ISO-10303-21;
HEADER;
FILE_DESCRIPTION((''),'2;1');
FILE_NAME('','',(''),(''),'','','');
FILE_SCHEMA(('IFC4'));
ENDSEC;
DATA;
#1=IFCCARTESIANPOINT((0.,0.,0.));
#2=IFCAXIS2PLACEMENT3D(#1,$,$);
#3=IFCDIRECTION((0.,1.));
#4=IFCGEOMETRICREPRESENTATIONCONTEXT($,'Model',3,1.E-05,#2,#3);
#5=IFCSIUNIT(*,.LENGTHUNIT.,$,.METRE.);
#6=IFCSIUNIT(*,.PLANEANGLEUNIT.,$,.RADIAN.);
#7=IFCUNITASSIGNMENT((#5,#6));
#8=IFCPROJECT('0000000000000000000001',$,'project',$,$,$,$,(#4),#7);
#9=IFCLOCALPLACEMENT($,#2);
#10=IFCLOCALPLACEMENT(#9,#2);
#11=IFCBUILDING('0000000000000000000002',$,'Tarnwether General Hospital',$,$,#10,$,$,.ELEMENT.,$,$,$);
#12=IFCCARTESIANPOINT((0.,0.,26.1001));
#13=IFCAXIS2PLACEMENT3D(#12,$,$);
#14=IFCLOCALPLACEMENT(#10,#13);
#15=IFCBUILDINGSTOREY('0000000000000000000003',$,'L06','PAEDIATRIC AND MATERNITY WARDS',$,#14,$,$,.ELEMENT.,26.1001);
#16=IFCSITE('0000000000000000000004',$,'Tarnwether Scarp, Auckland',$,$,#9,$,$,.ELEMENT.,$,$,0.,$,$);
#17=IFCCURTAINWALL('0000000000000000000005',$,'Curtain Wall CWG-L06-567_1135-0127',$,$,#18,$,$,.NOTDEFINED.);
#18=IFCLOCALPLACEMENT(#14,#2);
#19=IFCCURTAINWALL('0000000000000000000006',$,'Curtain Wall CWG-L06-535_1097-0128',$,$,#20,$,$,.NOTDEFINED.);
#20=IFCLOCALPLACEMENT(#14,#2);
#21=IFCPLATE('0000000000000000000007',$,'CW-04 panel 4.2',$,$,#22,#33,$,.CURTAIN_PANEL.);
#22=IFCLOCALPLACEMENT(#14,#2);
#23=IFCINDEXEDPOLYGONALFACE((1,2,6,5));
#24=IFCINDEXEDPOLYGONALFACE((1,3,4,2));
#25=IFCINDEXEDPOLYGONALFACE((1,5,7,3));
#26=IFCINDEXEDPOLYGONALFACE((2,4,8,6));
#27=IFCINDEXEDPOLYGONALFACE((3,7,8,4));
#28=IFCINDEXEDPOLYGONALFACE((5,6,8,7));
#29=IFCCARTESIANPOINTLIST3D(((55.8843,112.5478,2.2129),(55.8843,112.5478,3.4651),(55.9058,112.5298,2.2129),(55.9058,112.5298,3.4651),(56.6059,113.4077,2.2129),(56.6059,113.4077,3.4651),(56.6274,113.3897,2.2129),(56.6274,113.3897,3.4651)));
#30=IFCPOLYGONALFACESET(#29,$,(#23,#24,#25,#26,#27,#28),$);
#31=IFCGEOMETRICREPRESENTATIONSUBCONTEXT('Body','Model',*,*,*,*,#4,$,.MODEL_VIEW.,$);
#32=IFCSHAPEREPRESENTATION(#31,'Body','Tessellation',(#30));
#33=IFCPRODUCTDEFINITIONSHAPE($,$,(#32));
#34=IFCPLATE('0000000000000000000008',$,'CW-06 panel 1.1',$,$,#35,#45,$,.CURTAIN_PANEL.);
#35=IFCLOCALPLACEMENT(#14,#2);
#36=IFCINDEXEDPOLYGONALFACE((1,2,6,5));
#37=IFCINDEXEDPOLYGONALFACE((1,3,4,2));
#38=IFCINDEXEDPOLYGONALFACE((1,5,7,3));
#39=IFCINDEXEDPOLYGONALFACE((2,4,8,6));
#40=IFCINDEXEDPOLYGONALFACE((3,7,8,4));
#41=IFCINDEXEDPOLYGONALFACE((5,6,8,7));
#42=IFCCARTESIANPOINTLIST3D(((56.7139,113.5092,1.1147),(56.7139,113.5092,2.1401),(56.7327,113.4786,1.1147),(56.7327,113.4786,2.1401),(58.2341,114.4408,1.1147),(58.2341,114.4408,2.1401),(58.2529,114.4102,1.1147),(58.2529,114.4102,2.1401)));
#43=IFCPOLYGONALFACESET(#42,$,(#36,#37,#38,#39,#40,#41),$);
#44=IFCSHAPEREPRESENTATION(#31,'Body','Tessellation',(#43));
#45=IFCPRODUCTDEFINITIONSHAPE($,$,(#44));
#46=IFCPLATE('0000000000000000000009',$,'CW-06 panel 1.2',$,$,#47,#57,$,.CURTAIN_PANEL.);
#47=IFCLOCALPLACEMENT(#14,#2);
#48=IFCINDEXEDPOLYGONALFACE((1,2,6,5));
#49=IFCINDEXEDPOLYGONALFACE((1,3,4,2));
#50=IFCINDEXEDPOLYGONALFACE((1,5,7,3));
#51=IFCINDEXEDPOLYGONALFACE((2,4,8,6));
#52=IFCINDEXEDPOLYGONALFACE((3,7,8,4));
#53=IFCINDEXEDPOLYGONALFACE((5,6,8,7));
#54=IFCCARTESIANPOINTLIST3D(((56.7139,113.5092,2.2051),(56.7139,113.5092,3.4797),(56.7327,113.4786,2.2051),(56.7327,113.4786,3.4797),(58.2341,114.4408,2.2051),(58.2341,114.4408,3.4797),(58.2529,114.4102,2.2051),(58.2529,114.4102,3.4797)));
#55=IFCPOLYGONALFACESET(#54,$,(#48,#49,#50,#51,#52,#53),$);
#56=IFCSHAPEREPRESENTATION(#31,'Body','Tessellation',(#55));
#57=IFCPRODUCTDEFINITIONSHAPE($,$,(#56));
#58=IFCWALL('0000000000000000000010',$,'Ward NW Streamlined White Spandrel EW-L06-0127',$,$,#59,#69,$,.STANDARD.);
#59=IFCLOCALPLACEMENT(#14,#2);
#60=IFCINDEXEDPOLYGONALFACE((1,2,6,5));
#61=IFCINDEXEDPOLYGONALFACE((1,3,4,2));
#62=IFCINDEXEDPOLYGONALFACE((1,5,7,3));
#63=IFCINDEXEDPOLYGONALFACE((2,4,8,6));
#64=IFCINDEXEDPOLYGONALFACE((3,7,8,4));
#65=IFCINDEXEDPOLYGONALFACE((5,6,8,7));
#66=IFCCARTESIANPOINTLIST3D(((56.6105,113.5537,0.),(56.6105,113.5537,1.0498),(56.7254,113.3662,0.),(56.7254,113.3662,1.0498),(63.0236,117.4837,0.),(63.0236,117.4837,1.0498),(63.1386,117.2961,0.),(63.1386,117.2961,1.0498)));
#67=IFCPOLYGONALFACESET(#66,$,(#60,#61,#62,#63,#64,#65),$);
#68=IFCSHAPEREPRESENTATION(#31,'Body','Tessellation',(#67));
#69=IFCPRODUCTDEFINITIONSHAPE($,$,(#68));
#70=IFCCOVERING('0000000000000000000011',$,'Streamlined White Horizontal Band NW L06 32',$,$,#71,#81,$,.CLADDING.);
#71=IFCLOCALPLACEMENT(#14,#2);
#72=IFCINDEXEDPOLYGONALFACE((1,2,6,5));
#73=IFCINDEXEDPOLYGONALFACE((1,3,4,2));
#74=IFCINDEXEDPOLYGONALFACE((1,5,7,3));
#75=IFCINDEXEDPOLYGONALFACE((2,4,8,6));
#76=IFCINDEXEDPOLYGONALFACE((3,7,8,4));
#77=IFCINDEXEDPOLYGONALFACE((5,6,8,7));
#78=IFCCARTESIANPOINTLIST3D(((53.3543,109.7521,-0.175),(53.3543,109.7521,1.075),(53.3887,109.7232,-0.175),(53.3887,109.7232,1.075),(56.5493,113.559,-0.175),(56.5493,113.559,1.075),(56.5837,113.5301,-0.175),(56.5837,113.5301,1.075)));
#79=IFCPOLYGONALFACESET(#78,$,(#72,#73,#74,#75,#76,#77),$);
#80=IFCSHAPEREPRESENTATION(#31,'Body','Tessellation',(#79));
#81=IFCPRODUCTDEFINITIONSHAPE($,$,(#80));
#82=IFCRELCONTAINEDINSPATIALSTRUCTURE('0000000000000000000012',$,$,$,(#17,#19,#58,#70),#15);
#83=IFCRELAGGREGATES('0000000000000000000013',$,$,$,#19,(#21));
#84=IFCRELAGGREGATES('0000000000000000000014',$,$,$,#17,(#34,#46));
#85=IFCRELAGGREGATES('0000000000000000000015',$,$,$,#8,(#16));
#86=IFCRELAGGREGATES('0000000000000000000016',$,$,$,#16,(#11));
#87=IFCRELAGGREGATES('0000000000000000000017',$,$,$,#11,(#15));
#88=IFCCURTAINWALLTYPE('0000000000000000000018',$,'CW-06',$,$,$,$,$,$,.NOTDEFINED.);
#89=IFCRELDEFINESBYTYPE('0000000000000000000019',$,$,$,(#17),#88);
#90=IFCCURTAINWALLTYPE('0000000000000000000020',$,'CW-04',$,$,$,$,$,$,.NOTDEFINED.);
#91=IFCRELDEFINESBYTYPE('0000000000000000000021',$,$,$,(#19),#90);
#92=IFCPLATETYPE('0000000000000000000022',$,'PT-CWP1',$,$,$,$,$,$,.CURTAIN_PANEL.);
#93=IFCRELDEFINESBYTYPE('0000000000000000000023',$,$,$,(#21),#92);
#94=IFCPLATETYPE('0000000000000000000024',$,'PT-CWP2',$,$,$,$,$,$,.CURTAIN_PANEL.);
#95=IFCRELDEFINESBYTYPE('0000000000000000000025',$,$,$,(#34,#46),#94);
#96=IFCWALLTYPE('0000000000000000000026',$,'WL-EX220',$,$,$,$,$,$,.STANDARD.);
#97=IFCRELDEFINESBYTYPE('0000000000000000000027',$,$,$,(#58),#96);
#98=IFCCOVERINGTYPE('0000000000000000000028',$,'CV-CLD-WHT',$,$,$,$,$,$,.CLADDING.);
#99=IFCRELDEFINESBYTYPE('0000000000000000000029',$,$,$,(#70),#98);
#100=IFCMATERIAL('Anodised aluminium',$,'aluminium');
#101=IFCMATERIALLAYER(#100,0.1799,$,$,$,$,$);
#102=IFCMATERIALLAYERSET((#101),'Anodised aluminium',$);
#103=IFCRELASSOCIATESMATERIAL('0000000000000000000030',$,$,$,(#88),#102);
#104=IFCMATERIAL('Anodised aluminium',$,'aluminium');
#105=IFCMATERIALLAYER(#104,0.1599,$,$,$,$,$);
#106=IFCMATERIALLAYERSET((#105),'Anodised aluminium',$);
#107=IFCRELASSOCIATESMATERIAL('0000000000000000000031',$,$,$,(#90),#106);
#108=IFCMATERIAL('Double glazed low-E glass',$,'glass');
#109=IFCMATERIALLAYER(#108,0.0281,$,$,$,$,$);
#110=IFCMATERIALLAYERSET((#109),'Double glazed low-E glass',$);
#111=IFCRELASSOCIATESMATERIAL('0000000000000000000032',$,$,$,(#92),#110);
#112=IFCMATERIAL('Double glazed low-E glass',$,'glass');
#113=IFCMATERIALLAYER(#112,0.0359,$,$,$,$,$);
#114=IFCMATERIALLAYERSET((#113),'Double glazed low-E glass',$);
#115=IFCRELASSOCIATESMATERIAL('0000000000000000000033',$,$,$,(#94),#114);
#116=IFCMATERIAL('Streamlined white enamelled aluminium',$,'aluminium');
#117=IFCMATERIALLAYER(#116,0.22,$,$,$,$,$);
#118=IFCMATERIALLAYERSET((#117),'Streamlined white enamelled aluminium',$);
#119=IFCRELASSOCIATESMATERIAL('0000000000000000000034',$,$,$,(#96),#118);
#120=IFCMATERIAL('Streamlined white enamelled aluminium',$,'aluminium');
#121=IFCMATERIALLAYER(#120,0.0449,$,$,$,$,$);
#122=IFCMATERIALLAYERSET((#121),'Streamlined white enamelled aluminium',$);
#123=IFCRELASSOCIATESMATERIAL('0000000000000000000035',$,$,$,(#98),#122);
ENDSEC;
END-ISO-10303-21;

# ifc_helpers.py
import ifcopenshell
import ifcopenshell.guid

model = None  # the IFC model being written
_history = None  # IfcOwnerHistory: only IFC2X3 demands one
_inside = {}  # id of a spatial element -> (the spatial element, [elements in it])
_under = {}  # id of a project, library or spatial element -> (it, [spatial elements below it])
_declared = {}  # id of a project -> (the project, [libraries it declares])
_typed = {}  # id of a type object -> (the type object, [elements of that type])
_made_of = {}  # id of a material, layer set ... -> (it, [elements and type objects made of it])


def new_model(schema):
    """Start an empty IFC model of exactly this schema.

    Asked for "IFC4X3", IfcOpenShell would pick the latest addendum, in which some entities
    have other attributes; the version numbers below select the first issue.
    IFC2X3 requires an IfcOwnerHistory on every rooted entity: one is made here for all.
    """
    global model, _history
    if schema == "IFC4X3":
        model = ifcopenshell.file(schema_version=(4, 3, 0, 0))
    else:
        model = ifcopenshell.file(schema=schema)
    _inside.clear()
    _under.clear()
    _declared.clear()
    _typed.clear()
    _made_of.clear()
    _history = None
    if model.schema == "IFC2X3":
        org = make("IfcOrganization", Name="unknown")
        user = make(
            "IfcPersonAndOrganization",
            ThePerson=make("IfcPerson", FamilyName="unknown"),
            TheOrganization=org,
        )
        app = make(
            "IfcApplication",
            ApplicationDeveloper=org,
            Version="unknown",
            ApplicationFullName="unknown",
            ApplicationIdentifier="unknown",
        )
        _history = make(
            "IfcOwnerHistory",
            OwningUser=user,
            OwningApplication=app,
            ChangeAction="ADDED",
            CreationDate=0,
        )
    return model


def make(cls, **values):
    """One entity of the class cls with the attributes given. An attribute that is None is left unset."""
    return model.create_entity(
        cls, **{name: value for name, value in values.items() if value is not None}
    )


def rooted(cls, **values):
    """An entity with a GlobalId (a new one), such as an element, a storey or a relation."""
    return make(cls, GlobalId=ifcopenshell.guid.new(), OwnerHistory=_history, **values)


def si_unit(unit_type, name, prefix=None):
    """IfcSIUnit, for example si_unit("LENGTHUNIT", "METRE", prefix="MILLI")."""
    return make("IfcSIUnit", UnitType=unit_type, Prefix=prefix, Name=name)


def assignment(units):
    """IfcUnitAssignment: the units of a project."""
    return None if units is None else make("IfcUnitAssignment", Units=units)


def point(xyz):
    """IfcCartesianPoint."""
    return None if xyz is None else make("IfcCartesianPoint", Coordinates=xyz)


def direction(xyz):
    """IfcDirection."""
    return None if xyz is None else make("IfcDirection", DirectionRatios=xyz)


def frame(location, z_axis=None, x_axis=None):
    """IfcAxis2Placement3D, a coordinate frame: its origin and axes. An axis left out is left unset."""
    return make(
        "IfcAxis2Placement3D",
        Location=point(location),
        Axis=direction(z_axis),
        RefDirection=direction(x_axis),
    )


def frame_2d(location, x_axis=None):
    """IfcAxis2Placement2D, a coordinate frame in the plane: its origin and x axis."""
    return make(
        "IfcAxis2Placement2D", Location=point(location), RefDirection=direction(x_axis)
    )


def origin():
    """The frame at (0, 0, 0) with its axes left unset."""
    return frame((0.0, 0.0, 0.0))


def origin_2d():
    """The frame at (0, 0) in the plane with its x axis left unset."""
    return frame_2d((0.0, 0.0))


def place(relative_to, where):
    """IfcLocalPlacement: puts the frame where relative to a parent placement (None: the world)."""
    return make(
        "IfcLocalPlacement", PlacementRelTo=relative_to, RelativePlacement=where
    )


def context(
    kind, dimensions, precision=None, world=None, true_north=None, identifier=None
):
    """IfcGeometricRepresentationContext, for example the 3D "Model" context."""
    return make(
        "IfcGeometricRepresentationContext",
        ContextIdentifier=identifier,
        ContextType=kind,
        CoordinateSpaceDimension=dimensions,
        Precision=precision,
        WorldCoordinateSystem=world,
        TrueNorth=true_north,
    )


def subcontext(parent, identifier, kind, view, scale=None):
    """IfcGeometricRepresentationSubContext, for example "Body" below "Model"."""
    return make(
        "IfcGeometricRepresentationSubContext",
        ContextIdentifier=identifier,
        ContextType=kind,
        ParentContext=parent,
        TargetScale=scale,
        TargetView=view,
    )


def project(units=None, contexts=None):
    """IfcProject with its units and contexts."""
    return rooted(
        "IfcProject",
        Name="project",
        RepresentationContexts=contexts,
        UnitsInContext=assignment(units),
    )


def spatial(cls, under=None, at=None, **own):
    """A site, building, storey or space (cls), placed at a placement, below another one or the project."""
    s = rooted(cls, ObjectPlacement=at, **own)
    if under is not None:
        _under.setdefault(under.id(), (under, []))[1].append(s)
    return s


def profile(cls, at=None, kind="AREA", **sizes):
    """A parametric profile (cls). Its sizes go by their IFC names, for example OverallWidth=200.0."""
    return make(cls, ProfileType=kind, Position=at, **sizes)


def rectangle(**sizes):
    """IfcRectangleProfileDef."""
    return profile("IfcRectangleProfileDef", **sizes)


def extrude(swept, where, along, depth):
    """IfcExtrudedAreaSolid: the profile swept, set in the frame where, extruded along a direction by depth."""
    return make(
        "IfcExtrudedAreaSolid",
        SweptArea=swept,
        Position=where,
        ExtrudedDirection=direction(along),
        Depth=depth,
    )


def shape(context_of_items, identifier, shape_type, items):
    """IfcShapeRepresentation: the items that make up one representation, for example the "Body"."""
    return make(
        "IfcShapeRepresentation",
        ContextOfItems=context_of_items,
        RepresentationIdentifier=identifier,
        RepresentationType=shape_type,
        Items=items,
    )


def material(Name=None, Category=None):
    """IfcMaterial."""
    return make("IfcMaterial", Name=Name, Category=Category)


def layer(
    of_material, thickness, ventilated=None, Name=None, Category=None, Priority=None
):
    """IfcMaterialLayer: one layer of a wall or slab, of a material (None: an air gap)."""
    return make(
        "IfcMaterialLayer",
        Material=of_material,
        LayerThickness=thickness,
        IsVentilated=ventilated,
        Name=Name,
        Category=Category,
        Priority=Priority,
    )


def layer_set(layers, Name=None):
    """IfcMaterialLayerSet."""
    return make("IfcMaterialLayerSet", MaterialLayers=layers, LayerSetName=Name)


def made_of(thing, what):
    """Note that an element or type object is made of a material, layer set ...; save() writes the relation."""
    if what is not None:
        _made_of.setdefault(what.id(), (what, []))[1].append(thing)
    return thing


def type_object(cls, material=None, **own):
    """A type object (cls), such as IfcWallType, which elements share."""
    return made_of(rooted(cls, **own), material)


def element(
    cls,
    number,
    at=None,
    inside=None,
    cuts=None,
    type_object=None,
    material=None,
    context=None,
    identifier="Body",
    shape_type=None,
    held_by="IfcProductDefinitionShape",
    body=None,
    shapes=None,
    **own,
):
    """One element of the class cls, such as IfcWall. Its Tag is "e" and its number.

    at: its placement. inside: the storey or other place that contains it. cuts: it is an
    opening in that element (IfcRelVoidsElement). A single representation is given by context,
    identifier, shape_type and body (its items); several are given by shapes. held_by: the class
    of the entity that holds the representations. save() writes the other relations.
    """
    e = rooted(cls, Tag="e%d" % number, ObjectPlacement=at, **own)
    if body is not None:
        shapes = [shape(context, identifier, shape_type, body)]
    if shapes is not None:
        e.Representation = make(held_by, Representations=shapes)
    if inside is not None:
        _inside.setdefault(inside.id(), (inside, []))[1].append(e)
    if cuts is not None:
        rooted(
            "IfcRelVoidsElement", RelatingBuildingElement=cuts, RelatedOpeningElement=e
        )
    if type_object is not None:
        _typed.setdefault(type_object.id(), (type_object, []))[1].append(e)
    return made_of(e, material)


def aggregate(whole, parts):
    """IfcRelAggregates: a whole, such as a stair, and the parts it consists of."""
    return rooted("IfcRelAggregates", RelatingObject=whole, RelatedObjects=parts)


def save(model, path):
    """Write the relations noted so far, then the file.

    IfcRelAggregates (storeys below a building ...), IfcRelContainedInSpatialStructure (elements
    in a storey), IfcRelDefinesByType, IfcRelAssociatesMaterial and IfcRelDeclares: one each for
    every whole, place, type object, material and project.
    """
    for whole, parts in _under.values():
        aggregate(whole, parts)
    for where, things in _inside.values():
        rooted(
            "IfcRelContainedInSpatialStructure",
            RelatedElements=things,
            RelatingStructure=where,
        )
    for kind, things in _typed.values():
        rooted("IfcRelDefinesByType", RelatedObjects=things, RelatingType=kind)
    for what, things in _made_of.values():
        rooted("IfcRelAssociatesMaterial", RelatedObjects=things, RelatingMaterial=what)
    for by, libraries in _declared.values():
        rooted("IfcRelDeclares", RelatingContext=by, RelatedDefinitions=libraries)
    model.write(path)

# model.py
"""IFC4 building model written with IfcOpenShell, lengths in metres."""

from ifc_helpers import new_model, si_unit, direction, frame, frame_2d, origin, origin_2d, place, context, subcontext, project, spatial, rectangle, extrude, material, layer, layer_set, type_object, element, aggregate, save


model = new_model("IFC4")

# Units and contexts
model_context = context("Model", 3, precision=1e-05, world=origin(), true_north=direction((0.0, 1.0)))
body_context = subcontext(model_context, "Body", "Model", "MODEL_VIEW")
ifc_project = project(units=[si_unit("LENGTHUNIT", "METRE"), si_unit("PLANEANGLEUNIT", "RADIAN")], contexts=[model_context])

# Site, building, storey
site_placement = place(None, origin())
site = spatial("IfcSite", under=ifc_project, at=site_placement, Name="Tarnwether Scarp, Auckland", CompositionType="ELEMENT", RefElevation=0.0)
building_placement = place(site_placement, origin())
building = spatial("IfcBuilding", under=site, at=building_placement, Name="Tarnwether General Hospital", CompositionType="ELEMENT")
storey_placement = place(building_placement, frame((0.0, 0.0, 26.1001)))
storey = spatial("IfcBuildingStorey", under=building, at=storey_placement, Name="L06", Description="PAEDIATRIC AND MATERNITY WARDS", CompositionType="ELEMENT", Elevation=26.1001)

# Curtain wall
ifc_material_1 = material(Name="Anodised aluminium", Category="aluminium")
ifc_layer_1 = layer(ifc_material_1, 0.1799)
ifc_layer_set_1 = layer_set([ifc_layer_1], Name="Anodised aluminium")
curtain_wall_type_1 = type_object("IfcCurtainWallType", Name="CW-06", PredefinedType="NOTDEFINED", material=ifc_layer_set_1)
curtain_wall_1_placement = place(storey_placement, origin())
curtain_wall_1 = element("IfcCurtainWall", 1, at=curtain_wall_1_placement, inside=storey, type_object=curtain_wall_type_1, Name="Curtain Wall CWG-L06-567_1135-0127", PredefinedType="NOTDEFINED")

# Curtain wall
ifc_material_2 = material(Name="Anodised aluminium", Category="aluminium")
ifc_layer_2 = layer(ifc_material_2, 0.1599)
ifc_layer_set_2 = layer_set([ifc_layer_2], Name="Anodised aluminium")
curtain_wall_type_2 = type_object("IfcCurtainWallType", Name="CW-04", PredefinedType="NOTDEFINED", material=ifc_layer_set_2)
curtain_wall_2_placement = place(storey_placement, origin())
curtain_wall_2 = element("IfcCurtainWall", 2, at=curtain_wall_2_placement, inside=storey, type_object=curtain_wall_type_2, Name="Curtain Wall CWG-L06-535_1097-0128", PredefinedType="NOTDEFINED")

# Plates
ifc_material_3 = material(Name="Double glazed low-E glass", Category="glass")
ifc_layer_3 = layer(ifc_material_3, 0.0281)
ifc_layer_set_3 = layer_set([ifc_layer_3], Name="Double glazed low-E glass")
plate_type_1 = type_object("IfcPlateType", Name="PT-CWP1", PredefinedType="CURTAIN_PANEL", material=ifc_layer_set_3)
plate_1_placement = place(storey_placement, frame((56.2559, 112.9688, 2.2129), z_axis=(0.0, 0.0, 1.0), x_axis=(0.642852, 0.76599, 0.0)))
plate_1 = element("IfcPlate", 3, at=plate_1_placement, type_object=plate_type_1, Name="CW-04 panel 4.2", PredefinedType="CURTAIN_PANEL", context=body_context, shape_type="SweptSolid", body=[
    extrude(rectangle(XDim=1.1226, YDim=0.0281, at=origin_2d()), origin(), (0.0, 0.0, 1.0), 1.2522),
])
aggregate(curtain_wall_2, [plate_1])
ifc_material_4 = material(Name="Double glazed low-E glass", Category="glass")
ifc_layer_4 = layer(ifc_material_4, 0.0359)
ifc_layer_set_4 = layer_set([ifc_layer_4], Name="Double glazed low-E glass")
plate_type_2 = type_object("IfcPlateType", Name="PT-CWP2", PredefinedType="CURTAIN_PANEL", material=ifc_layer_set_4)
plate_2_placement = place(storey_placement, frame((57.4834, 113.9597, 1.1147), z_axis=(0.0, 0.0, 1.0), x_axis=(0.852634, 0.522509, 0.0)))
plate_2 = element("IfcPlate", 4, at=plate_2_placement, type_object=plate_type_2, Name="CW-06 panel 1.1", PredefinedType="CURTAIN_PANEL", context=body_context, shape_type="SweptSolid", body=[
    extrude(rectangle(XDim=1.783, YDim=0.0359, at=origin_2d()), origin(), (0.0, 0.0, 1.0), 1.0254),
])
plate_3_placement = place(storey_placement, frame((57.4834, 113.9597, 2.2051), z_axis=(0.0, 0.0, 1.0), x_axis=(0.852634, 0.522509, 0.0)))
plate_3 = element("IfcPlate", 5, at=plate_3_placement, type_object=plate_type_2, Name="CW-06 panel 1.2", PredefinedType="CURTAIN_PANEL", context=body_context, shape_type="SweptSolid", body=[
    extrude(rectangle(XDim=1.783, YDim=0.0359, at=origin_2d()), origin(), (0.0, 0.0, 1.0), 1.2747),
])
aggregate(curtain_wall_1, [plate_2, plate_3])

# Wall
ifc_material_5 = material(Name="Streamlined white enamelled aluminium", Category="aluminium")
ifc_layer_5 = layer(ifc_material_5, 0.22)
ifc_layer_set_5 = layer_set([ifc_layer_5], Name="Streamlined white enamelled aluminium")
wall_type = type_object("IfcWallType", Name="WL-EX220", PredefinedType="STANDARD", material=ifc_layer_set_5)
wall_placement = place(storey_placement, frame((56.668, 113.46, 0.0), z_axis=(0.0, 0.0, 1.0), x_axis=(0.852641, 0.522497, 0.0)))
element("IfcWall", 6, at=wall_placement, inside=storey, type_object=wall_type, Name="Ward NW Streamlined White Spandrel EW-L06-0127", PredefinedType="STANDARD", context=body_context, shape_type="SweptSolid", body=[
    extrude(rectangle(XDim=7.5215, YDim=0.22, at=frame_2d((3.7607, 0.0))), origin(), (0.0, 0.0, 1.0), 1.0498),
])

# Covering
ifc_material_6 = material(Name="Streamlined white enamelled aluminium", Category="aluminium")
ifc_layer_6 = layer(ifc_material_6, 0.0449)
ifc_layer_set_6 = layer_set([ifc_layer_6], Name="Streamlined white enamelled aluminium")
covering_type = type_object("IfcCoveringType", Name="CV-CLD-WHT", PredefinedType="CLADDING", material=ifc_layer_set_6)
covering_placement = place(storey_placement, frame((54.969, 111.6411, -0.175), z_axis=(0.0, 0.0, 1.0), x_axis=(0.642854, 0.765988, 0.0)))
element("IfcCovering", 7, at=covering_placement, inside=storey, type_object=covering_type, Name="Streamlined White Horizontal Band NW L06 32", PredefinedType="CLADDING", context=body_context, shape_type="SweptSolid", body=[
    extrude(rectangle(XDim=4.97, YDim=0.0449, at=origin_2d()), origin(), (0.0, 0.0, 1.0), 1.25),
])

save(model, "model.ifc")
